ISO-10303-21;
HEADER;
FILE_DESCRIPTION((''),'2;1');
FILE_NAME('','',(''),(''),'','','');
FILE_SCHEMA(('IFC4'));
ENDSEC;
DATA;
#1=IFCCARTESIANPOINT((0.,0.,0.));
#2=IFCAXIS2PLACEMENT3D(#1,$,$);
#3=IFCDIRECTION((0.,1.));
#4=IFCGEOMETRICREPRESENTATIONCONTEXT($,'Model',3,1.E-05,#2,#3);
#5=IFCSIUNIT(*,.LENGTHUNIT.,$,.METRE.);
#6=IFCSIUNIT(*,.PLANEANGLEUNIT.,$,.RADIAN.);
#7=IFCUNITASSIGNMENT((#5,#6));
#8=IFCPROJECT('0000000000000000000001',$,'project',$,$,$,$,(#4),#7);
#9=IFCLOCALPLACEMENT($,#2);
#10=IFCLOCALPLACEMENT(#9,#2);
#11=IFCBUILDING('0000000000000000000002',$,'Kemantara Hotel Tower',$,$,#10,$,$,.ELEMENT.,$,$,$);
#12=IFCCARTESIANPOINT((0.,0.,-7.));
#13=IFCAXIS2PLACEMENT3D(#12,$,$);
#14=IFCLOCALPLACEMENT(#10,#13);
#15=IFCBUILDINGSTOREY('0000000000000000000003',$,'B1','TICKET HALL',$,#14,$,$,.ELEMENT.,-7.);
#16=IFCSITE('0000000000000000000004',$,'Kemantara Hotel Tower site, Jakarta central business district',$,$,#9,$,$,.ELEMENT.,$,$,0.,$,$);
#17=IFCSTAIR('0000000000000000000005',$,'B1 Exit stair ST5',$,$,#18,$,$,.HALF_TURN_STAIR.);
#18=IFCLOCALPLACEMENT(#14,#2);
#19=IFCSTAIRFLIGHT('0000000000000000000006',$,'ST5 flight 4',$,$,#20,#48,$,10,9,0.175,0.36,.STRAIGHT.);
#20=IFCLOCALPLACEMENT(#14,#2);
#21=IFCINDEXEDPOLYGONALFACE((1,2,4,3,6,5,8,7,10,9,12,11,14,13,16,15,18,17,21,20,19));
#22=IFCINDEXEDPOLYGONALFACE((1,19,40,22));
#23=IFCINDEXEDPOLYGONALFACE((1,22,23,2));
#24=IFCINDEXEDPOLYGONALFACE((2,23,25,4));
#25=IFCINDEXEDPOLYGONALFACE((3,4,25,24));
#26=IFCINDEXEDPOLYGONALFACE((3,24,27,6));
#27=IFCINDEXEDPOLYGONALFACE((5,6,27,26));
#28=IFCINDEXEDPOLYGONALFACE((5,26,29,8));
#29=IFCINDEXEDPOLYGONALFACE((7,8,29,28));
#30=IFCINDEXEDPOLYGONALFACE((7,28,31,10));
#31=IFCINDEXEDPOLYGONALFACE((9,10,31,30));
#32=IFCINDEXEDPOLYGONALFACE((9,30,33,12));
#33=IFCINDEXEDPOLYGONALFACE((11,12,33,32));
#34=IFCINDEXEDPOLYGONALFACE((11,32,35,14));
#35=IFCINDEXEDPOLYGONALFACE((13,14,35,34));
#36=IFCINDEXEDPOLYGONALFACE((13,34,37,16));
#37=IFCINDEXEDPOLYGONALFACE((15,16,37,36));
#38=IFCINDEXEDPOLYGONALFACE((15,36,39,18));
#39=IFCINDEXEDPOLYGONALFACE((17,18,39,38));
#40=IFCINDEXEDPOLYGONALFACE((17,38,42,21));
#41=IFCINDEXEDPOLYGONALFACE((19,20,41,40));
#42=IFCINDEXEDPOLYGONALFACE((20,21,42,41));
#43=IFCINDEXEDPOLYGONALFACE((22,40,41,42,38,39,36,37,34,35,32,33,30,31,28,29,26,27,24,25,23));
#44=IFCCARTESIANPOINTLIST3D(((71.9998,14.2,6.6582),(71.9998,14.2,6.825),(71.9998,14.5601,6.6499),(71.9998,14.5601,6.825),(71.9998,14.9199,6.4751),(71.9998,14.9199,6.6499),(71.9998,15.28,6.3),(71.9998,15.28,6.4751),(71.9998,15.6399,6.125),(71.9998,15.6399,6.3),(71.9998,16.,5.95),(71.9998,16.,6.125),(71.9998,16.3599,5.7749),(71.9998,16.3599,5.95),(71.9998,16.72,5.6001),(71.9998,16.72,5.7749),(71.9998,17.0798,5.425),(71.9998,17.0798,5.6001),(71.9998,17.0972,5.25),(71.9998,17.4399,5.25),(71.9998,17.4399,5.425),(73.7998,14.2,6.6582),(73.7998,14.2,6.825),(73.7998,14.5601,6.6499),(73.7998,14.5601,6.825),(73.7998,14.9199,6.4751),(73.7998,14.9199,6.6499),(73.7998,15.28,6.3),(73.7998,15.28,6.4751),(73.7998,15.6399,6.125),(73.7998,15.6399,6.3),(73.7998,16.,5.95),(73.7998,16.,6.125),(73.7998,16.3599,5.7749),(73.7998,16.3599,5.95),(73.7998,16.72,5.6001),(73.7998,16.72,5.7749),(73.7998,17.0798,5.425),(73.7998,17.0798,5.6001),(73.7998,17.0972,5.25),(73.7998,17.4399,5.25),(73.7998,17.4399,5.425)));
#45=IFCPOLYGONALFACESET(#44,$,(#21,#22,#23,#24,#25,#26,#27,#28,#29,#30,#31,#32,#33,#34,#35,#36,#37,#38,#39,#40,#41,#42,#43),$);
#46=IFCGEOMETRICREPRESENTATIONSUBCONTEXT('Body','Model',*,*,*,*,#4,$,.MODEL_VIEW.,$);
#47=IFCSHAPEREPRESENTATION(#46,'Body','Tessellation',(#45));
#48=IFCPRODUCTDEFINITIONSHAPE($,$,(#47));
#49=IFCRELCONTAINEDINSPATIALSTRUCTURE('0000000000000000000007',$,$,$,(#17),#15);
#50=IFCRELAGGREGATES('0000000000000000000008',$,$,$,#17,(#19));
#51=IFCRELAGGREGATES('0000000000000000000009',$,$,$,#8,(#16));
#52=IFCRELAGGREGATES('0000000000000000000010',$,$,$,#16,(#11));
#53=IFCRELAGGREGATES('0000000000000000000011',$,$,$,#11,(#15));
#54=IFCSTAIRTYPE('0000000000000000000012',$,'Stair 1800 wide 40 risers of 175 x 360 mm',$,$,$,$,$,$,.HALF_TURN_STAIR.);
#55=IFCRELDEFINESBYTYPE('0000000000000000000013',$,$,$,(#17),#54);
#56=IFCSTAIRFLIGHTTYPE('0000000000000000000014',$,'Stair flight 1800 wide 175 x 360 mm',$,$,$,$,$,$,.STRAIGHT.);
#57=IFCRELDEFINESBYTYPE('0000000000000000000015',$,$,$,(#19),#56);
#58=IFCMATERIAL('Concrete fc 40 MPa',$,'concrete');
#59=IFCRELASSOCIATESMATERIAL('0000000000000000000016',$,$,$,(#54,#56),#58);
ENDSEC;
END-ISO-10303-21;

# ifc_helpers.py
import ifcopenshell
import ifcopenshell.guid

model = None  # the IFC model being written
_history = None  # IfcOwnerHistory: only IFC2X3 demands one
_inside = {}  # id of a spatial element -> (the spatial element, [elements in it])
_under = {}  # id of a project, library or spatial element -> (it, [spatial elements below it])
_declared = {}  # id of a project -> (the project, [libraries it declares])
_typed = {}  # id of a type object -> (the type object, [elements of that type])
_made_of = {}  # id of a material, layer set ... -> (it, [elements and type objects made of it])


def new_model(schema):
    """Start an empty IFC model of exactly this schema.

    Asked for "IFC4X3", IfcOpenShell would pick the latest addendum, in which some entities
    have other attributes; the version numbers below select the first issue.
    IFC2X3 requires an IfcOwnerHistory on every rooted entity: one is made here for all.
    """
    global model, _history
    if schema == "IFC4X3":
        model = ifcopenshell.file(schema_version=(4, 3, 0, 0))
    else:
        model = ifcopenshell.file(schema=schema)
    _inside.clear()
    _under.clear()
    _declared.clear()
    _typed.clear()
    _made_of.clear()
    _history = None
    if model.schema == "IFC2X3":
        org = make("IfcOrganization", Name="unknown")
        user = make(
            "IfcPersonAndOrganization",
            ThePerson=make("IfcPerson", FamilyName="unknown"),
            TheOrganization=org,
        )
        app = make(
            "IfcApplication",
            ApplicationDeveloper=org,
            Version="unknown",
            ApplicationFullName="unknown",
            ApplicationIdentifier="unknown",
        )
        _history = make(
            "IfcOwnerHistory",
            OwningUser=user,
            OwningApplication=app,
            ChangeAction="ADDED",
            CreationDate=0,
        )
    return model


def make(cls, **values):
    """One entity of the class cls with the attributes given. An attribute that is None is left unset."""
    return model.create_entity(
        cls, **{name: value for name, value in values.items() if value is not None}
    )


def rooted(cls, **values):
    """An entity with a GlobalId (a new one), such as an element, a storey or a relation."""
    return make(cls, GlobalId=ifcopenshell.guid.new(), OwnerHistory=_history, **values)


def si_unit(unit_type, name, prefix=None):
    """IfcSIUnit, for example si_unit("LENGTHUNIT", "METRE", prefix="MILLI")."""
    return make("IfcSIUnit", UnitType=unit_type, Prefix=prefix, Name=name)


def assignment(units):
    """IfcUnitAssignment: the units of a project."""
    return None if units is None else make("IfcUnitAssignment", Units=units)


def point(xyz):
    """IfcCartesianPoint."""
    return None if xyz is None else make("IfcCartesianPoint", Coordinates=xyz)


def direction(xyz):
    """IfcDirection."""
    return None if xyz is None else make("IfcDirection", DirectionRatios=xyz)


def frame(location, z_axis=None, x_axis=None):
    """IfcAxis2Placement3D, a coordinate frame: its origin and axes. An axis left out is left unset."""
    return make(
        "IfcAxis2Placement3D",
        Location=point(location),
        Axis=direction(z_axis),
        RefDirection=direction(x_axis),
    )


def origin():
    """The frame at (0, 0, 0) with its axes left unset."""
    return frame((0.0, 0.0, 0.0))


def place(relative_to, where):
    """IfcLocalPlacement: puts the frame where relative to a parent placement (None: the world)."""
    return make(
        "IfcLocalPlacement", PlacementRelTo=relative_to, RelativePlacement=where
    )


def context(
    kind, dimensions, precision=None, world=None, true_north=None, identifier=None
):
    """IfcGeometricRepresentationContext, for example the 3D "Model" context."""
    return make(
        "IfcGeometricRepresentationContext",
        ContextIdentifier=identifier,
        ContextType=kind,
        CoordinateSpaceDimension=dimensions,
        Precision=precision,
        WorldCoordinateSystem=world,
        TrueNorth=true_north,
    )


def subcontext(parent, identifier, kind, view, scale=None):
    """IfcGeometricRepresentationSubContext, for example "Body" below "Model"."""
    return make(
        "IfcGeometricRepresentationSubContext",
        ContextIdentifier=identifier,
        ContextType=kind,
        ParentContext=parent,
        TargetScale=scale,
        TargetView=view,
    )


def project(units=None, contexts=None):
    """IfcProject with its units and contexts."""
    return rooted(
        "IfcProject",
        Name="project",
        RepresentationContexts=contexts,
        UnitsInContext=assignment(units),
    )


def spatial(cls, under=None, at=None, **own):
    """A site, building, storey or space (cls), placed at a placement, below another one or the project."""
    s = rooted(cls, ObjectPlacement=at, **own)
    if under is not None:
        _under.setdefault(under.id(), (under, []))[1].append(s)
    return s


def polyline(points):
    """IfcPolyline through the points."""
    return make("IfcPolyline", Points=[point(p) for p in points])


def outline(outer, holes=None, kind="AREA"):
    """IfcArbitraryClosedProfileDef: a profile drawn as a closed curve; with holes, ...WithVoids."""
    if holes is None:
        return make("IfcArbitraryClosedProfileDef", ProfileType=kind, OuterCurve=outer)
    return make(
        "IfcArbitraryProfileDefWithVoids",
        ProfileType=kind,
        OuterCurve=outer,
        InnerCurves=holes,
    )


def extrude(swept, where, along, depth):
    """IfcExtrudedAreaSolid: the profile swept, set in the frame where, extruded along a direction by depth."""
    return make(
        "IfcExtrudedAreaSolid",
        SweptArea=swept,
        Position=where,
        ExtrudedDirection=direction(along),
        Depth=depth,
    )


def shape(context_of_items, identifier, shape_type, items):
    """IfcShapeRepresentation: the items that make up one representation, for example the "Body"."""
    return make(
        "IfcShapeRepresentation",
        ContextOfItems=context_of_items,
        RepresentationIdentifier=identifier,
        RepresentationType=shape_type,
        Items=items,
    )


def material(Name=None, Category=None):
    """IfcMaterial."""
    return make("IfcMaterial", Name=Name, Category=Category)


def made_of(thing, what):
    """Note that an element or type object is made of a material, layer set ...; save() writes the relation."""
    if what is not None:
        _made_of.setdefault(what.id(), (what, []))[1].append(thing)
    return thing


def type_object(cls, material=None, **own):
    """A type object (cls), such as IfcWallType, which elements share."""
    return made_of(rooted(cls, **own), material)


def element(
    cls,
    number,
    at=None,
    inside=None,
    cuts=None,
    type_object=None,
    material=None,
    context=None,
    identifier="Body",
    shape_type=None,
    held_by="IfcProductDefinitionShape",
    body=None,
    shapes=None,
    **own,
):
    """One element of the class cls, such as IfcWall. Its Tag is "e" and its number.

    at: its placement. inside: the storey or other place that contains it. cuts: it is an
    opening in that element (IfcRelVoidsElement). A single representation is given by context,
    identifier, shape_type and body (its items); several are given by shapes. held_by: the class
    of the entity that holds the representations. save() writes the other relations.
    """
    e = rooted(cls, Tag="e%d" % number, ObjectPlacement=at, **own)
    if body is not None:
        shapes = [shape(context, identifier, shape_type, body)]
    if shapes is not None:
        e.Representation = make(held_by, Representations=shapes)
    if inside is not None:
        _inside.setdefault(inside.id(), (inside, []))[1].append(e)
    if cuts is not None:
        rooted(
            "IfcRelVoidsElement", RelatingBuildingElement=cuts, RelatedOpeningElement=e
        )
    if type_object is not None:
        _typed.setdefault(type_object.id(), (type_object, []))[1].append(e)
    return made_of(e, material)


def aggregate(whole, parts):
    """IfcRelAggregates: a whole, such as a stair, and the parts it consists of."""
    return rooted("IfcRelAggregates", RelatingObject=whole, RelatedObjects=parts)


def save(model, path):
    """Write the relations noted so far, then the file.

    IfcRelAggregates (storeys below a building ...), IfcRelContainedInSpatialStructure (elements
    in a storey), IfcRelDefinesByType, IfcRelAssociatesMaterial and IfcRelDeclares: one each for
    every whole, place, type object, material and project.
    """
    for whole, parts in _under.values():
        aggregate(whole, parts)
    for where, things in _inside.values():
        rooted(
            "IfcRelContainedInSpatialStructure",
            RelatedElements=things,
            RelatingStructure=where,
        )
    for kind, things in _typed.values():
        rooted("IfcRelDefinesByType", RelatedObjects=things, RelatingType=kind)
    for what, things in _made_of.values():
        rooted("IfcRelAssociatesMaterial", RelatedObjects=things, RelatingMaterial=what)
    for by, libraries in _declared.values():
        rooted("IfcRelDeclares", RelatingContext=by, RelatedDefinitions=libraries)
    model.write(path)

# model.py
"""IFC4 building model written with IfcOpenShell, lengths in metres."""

from ifc_helpers import new_model, si_unit, direction, frame, origin, place, context, subcontext, project, spatial, polyline, outline, extrude, material, type_object, element, aggregate, save


model = new_model("IFC4")

# Units and contexts
model_context = context("Model", 3, precision=1e-05, world=origin(), true_north=direction((0.0, 1.0)))
body_context = subcontext(model_context, "Body", "Model", "MODEL_VIEW")
ifc_project = project(units=[si_unit("LENGTHUNIT", "METRE"), si_unit("PLANEANGLEUNIT", "RADIAN")], contexts=[model_context])

# Site, building, storey
site_placement = place(None, origin())
site = spatial("IfcSite", under=ifc_project, at=site_placement, Name="Kemantara Hotel Tower site, Jakarta central business district", CompositionType="ELEMENT", RefElevation=0.0)
building_placement = place(site_placement, origin())
building = spatial("IfcBuilding", under=site, at=building_placement, Name="Kemantara Hotel Tower", CompositionType="ELEMENT")
storey_placement = place(building_placement, frame((0.0, 0.0, -7.0)))
storey = spatial("IfcBuildingStorey", under=building, at=storey_placement, Name="B1", Description="TICKET HALL", CompositionType="ELEMENT", Elevation=-7.0)

# Shared definitions
ifc_material_1 = material(Name="Concrete fc 40 MPa", Category="concrete")

# Shared definitions
stair_type = type_object("IfcStairType", Name="Stair 1800 wide 40 risers of 175 x 360 mm", PredefinedType="HALF_TURN_STAIR", material=ifc_material_1)
stair_flight_type = type_object("IfcStairFlightType", Name="Stair flight 1800 wide 175 x 360 mm", PredefinedType="STRAIGHT", material=ifc_material_1)

# Stair, stair flight
stair_1_placement = place(storey_placement, origin())
stair_1 = element("IfcStair", 1, at=stair_1_placement, inside=storey, type_object=stair_type, Name="B1 Exit stair ST5", PredefinedType="HALF_TURN_STAIR")
stair_flight_1_placement = place(storey_placement, frame((72.8999, 17.4399, 5.25), z_axis=(0.0, 0.0, 1.0), x_axis=(0.0, -1.0, 0.0)))
stair_flight_1 = element("IfcStairFlight", 2, at=stair_flight_1_placement, type_object=stair_flight_type, Name="ST5 flight 4", NumberOfRisers=10, NumberOfTreads=9, PredefinedType="STRAIGHT", RiserHeight=0.175, TreadLength=0.36, context=body_context, shape_type="SweptSolid", body=[
    extrude(outline(polyline([(0.0, 0.0), (0.0, 0.175), (0.3601, 0.175), (0.3601, 0.3501), (0.72, 0.3501), (0.72, 0.5249), (1.0801, 0.5249), (1.0801, 0.7), (1.4399, 0.7), (1.4399, 0.875), (1.8, 0.875), (1.8, 1.05), (2.1599, 1.05), (2.1599, 1.2251), (2.52, 1.2251), (2.52, 1.3999), (2.8799, 1.3999), (2.8799, 1.575), (3.24, 1.575), (3.24, 1.75), (3.24, 1.4082), (0.3428, 0.0), (0.0, 0.0)])), frame((0.0, 0.8999, 0.0), z_axis=(0.0, -1.0, 0.0), x_axis=(1.0, 0.0, 0.0)), (0.0, 0.0, 1.0), 1.8),
])
aggregate(stair_1, [stair_flight_1])

save(model, "model.ifc")
